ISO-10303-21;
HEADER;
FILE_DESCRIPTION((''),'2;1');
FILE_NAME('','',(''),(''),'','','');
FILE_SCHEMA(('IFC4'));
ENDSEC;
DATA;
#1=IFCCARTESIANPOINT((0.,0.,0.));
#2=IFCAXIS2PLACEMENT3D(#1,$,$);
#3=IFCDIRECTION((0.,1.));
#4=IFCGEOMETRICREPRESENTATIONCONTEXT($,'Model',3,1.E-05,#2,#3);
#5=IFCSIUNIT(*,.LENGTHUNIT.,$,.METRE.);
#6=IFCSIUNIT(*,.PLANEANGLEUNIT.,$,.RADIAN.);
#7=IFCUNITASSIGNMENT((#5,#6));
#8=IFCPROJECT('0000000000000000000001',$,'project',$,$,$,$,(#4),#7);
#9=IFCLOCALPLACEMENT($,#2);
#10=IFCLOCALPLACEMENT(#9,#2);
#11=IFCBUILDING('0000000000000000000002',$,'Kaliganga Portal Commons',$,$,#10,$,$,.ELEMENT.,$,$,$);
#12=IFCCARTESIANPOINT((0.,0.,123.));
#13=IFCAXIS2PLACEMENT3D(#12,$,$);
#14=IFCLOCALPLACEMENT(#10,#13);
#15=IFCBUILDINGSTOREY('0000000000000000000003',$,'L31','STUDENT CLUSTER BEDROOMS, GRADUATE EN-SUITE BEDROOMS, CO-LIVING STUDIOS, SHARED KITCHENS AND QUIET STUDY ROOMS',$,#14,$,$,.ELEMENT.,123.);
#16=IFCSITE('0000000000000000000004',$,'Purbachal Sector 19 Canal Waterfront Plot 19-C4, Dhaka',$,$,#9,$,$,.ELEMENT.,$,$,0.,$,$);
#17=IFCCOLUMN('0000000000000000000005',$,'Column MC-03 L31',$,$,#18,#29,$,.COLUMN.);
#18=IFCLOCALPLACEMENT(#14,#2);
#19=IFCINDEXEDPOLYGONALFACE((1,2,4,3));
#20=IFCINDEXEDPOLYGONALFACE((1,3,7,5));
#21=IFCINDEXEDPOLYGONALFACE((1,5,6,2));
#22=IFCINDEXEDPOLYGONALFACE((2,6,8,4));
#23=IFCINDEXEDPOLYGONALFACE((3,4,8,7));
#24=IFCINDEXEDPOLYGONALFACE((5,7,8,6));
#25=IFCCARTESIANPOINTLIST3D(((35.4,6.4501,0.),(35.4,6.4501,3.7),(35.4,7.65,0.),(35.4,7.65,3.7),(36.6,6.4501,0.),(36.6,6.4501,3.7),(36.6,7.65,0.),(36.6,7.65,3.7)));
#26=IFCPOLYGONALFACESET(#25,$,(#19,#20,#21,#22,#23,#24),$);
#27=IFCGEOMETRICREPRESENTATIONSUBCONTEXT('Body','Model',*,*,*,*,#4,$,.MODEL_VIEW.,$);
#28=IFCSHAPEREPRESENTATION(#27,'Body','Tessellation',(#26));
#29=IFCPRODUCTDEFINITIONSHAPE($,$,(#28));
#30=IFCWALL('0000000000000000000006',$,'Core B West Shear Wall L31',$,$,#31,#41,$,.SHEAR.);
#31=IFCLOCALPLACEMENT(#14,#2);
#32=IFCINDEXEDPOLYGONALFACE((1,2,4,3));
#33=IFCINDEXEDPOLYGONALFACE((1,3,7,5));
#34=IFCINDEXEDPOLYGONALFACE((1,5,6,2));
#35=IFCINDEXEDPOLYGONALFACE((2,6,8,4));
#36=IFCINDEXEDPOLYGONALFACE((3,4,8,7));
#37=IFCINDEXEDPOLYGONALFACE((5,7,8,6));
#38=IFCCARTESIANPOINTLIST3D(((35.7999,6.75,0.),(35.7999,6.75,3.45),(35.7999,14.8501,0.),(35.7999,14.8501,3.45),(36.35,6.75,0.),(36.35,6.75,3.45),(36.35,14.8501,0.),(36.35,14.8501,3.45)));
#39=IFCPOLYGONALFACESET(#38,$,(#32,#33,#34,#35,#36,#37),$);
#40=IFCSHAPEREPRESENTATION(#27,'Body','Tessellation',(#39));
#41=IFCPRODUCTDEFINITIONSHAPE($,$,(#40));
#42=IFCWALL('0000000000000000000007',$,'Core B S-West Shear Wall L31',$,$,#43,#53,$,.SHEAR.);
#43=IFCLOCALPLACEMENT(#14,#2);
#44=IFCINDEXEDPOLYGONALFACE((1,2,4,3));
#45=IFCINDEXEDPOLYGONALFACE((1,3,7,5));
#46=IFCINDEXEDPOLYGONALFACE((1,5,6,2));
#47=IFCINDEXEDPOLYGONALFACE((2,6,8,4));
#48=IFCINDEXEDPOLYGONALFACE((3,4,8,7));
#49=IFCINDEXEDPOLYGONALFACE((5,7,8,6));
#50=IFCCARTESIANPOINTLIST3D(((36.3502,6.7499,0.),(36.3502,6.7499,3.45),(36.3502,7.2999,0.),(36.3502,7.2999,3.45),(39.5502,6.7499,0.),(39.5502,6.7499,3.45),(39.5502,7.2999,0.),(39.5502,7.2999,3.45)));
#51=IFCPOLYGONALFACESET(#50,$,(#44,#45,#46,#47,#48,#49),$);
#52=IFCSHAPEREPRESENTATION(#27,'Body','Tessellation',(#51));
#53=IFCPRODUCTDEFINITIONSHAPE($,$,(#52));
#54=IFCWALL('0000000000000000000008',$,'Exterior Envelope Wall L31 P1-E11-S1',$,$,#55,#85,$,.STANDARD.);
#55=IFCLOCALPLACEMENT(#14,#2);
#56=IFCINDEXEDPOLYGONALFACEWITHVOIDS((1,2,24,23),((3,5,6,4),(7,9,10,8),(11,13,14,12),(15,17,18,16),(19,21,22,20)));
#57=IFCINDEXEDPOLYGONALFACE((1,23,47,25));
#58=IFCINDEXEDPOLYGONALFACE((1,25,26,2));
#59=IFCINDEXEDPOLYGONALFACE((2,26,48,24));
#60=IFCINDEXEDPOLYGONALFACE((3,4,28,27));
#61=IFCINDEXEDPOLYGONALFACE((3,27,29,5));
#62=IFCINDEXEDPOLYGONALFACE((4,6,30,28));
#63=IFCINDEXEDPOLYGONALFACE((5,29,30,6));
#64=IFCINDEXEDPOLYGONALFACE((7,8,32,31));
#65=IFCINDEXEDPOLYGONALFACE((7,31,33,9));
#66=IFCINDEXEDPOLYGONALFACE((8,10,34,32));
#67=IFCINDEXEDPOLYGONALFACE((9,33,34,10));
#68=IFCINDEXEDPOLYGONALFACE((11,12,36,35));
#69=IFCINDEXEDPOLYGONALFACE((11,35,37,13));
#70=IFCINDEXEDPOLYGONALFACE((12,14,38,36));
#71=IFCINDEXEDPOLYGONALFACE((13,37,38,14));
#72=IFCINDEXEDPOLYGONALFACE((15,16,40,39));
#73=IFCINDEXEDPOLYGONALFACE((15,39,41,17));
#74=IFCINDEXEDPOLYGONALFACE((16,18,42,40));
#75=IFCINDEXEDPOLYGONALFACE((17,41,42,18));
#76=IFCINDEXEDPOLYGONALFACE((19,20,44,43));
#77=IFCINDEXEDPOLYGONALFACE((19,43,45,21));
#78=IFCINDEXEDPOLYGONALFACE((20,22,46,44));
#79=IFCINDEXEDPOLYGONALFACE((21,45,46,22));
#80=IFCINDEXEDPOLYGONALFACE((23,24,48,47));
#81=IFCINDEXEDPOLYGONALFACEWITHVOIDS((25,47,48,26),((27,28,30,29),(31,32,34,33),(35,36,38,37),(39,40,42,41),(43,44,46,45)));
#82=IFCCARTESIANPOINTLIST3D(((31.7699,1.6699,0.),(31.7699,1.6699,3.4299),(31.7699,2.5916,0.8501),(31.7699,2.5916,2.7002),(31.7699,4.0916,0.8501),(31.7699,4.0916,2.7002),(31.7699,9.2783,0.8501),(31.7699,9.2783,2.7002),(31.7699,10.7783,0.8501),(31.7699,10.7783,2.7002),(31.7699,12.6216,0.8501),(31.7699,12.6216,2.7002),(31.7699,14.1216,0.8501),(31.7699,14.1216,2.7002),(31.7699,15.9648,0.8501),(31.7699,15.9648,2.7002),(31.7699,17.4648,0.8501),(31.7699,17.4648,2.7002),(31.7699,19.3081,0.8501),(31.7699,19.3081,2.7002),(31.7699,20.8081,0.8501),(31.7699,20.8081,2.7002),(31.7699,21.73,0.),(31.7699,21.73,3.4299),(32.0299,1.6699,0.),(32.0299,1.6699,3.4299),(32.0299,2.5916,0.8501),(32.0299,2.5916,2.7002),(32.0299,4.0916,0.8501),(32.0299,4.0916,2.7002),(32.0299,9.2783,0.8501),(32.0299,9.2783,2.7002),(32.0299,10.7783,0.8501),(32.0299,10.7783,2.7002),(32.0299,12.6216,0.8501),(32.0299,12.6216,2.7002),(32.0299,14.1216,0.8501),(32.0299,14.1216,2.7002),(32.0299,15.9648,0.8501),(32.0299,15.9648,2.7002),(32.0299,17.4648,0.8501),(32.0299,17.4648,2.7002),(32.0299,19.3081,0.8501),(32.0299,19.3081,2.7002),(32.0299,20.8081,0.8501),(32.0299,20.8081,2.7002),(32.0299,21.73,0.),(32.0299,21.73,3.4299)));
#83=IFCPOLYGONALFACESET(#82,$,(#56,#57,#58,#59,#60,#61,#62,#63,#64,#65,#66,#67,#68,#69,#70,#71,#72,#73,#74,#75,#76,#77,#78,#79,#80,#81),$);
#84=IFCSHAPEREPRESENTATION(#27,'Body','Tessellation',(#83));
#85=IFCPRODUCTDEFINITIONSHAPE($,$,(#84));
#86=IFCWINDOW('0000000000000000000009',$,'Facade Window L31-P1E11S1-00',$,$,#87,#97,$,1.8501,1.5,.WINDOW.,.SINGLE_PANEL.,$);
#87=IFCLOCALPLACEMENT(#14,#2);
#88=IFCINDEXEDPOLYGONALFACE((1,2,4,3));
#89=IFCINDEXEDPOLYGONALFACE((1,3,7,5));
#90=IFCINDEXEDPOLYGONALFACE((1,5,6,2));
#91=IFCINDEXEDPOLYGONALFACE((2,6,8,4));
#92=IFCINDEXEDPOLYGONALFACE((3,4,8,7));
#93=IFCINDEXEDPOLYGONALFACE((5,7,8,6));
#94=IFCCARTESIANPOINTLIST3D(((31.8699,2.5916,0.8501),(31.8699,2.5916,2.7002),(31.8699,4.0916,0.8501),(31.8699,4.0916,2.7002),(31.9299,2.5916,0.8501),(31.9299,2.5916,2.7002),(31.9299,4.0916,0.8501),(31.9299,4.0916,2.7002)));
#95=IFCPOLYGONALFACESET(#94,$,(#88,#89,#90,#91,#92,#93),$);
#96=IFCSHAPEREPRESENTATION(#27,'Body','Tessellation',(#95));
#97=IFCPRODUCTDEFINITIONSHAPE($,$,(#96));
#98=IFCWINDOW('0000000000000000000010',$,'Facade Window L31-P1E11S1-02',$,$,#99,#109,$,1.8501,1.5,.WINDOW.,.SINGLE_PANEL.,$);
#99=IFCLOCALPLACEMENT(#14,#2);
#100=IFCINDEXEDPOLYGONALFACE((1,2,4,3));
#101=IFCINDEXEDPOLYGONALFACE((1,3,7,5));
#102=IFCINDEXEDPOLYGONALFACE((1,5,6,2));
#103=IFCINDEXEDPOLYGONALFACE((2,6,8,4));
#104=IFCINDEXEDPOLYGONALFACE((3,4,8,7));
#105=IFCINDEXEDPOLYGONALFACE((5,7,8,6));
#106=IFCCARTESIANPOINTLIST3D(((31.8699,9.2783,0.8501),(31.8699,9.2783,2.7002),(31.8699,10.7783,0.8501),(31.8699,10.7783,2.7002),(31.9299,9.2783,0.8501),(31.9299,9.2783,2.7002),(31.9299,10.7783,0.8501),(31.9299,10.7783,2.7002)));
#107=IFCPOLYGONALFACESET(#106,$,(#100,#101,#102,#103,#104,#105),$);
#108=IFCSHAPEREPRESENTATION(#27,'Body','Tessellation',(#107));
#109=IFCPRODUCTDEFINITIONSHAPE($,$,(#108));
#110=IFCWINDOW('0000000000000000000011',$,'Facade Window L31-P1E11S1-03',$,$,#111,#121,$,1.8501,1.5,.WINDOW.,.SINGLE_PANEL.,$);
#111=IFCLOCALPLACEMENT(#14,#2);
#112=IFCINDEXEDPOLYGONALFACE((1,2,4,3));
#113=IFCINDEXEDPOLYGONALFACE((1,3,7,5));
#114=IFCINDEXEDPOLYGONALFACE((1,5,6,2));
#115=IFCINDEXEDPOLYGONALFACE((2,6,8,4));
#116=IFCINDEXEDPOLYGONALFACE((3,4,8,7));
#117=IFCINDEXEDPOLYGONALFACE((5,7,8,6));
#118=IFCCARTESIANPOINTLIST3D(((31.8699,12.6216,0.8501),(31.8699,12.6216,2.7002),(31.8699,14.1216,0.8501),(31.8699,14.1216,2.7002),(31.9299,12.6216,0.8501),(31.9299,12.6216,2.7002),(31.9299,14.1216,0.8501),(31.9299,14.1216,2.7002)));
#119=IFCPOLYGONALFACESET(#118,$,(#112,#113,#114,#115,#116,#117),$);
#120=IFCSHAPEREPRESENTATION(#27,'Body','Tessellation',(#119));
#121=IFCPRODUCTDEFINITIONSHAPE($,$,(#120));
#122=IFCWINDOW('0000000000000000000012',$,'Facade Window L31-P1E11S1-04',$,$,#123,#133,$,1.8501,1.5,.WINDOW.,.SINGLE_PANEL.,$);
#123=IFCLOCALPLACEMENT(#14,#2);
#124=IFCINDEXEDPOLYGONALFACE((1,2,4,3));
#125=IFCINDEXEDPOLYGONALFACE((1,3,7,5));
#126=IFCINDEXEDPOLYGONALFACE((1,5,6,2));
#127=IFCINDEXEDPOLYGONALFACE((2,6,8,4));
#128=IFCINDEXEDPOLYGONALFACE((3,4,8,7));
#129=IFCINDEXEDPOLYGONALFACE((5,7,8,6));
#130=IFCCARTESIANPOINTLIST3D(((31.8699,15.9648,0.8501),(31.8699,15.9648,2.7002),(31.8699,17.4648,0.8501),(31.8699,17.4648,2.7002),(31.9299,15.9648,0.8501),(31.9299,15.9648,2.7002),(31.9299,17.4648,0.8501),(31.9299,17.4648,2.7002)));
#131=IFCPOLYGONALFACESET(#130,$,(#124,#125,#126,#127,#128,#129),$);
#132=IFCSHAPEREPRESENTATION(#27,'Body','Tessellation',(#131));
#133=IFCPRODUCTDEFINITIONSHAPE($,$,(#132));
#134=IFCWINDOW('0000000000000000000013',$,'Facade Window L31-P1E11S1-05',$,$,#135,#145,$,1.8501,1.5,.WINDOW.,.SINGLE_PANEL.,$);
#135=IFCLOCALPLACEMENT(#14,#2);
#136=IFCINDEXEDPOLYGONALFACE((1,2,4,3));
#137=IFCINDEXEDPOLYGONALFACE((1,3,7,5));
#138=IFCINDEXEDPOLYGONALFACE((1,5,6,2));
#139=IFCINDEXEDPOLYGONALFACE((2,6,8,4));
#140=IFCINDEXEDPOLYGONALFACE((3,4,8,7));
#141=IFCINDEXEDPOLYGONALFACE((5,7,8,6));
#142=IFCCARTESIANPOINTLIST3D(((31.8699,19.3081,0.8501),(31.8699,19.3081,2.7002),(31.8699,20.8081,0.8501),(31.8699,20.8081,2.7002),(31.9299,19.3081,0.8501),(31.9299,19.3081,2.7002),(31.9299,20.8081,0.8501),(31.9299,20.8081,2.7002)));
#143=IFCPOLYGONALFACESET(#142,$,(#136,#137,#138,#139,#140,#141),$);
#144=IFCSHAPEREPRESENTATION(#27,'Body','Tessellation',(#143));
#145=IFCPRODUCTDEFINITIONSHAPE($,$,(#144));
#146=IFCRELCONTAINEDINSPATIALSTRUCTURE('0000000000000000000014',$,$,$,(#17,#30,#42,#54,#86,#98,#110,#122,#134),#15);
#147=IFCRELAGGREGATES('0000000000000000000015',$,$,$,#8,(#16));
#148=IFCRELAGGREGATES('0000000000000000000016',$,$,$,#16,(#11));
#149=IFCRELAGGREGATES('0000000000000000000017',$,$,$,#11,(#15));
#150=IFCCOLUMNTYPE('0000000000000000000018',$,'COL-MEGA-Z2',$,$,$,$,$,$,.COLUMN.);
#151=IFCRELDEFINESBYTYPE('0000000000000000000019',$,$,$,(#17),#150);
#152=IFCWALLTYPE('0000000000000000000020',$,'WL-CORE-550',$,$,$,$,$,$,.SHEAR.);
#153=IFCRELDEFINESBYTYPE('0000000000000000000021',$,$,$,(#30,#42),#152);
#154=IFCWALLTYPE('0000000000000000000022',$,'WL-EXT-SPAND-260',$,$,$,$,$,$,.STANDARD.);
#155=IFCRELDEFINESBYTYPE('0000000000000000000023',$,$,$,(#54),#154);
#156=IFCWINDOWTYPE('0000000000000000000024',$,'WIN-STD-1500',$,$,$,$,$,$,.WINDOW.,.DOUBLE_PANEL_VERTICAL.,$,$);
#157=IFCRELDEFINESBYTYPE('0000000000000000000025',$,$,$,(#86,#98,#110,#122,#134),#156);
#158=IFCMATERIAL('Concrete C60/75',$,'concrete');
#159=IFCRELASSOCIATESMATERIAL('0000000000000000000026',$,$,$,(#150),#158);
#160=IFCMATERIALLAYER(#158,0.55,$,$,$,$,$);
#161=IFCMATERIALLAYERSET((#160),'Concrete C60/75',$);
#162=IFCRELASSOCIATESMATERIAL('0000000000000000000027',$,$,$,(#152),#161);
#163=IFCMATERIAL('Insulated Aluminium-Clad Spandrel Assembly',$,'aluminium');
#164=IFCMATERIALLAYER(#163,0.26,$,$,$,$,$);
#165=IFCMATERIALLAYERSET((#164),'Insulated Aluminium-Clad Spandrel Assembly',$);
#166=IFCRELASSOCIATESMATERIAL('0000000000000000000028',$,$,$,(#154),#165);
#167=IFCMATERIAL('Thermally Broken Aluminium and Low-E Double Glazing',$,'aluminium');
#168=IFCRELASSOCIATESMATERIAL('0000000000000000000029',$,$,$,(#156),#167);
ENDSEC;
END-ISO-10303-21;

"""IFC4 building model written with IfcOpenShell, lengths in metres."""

from ifc_helpers import new_model, si_unit, direction, frame, frame_2d, origin, origin_2d, place, context, subcontext, project, spatial, rectangle, extrude, source, transform, mapped, material, layer, layer_set, material_profile, profile_set, type_object, element, fill, save


model = new_model("IFC4")

# Units and contexts
model_context = context("Model", 3, precision=1e-05, world=origin(), true_north=direction((0.0, 1.0)))
body_context = subcontext(model_context, "Body", "Model", "MODEL_VIEW")
ifc_project = project(units=[si_unit("LENGTHUNIT", "METRE"), si_unit("PLANEANGLEUNIT", "RADIAN")], contexts=[model_context])

# Site, building, storey
site_placement = place(None, origin())
site = spatial("IfcSite", under=ifc_project, at=site_placement, Name="Purbachal Sector 19 Canal Waterfront Plot 19-C4, Dhaka", CompositionType="ELEMENT", RefElevation=0.0)
building_placement = place(site_placement, origin())
building = spatial("IfcBuilding", under=site, at=building_placement, Name="Kaliganga Portal Commons", CompositionType="ELEMENT")
storey_placement = place(building_placement, frame((0.0, 0.0, 123.0)))
storey = spatial("IfcBuildingStorey", under=building, at=storey_placement, Name="L31", Description="STUDENT CLUSTER BEDROOMS, GRADUATE EN-SUITE BEDROOMS, CO-LIVING STUDIOS, SHARED KITCHENS AND QUIET STUDY ROOMS", CompositionType="ELEMENT", Elevation=123.0)

# Column
ifc_material_1 = material(Name="Concrete C60/75", Category="concrete")
ifc_material_profile = material_profile(ifc_material_1, rectangle(XDim=1.2, YDim=1.2, at=origin_2d()), Name="RC 1200x1200")
ifc_profile_set = profile_set([ifc_material_profile], Name="Concrete C60/75")
column_type = type_object("IfcColumnType", Name="COL-MEGA-Z2", PredefinedType="COLUMN", material=ifc_profile_set)
shared_shape = source(origin(), body_context, "Body", "SweptSolid", [
    extrude(rectangle(XDim=1.2, YDim=1.2, at=origin_2d()), origin(), (0.0, 0.0, 1.0), 3.7),
])
column_placement = place(storey_placement, frame((36.0, 7.05, 0.0), z_axis=(0.0, 0.0, 1.0), x_axis=(1.0, 0.0, 0.0)))
element("IfcColumn", 1, at=column_placement, inside=storey, type_object=column_type, Name="Column MC-03 L31", PredefinedType="COLUMN", context=body_context, shape_type="MappedRepresentation", body=[
    mapped(shared_shape, transform((0.0, 0.0, 0.0), x_axis=(1.0, 0.0, 0.0), y_axis=(0.0, 1.0, 0.0), z_axis=(0.0, 0.0, 1.0), scale=1.0)),
])

# Walls
ifc_layer_1 = layer(ifc_material_1, 0.55)
ifc_layer_set_1 = layer_set([ifc_layer_1], Name="Concrete C60/75")
wall_type_1 = type_object("IfcWallType", Name="WL-CORE-550", PredefinedType="SHEAR", material=ifc_layer_set_1)
wall_1_placement = place(storey_placement, frame((36.075, 6.75, 0.0), z_axis=(0.0, 0.0, 1.0), x_axis=(0.0, 1.0, 0.0)))
element("IfcWall", 2, at=wall_1_placement, inside=storey, type_object=wall_type_1, Name="Core B West Shear Wall L31", PredefinedType="SHEAR", context=body_context, shape_type="SweptSolid", body=[
    extrude(rectangle(XDim=8.1001, YDim=0.55, at=frame_2d((4.05, 0.0))), origin(), (0.0, 0.0, 1.0), 3.45),
])
wall_2_placement = place(storey_placement, frame((36.3501, 7.0249, 0.0), z_axis=(0.0, 0.0, 1.0), x_axis=(1.0, 0.0, 0.0)))
element("IfcWall", 3, at=wall_2_placement, inside=storey, type_object=wall_type_1, Name="Core B S-West Shear Wall L31", PredefinedType="SHEAR", context=body_context, shape_type="SweptSolid", body=[
    extrude(rectangle(XDim=3.2, YDim=0.55, at=frame_2d((1.6001, 0.0))), origin(), (0.0, 0.0, 1.0), 3.45),
])

# Wall, openings, windows
ifc_material_2 = material(Name="Insulated Aluminium-Clad Spandrel Assembly", Category="aluminium")
ifc_layer_2 = layer(ifc_material_2, 0.26)
ifc_layer_set_2 = layer_set([ifc_layer_2], Name="Insulated Aluminium-Clad Spandrel Assembly")
wall_type_2 = type_object("IfcWallType", Name="WL-EXT-SPAND-260", PredefinedType="STANDARD", material=ifc_layer_set_2)
wall_3_placement = place(storey_placement, frame((31.8999, 1.6699, 0.0), z_axis=(0.0, 0.0, 1.0), x_axis=(0.0, 1.0, 0.0)))
wall_3 = element("IfcWall", 4, at=wall_3_placement, inside=storey, type_object=wall_type_2, Name="Exterior Envelope Wall L31 P1-E11-S1", PredefinedType="STANDARD", context=body_context, shape_type="SweptSolid", body=[
    extrude(rectangle(XDim=20.0601, YDim=0.26, at=frame_2d((10.03, 0.0))), origin(), (0.0, 0.0, 1.0), 3.4299),
])
opening_1_placement = place(wall_3_placement, frame((0.9216, 0.0, 0.8501)))
opening_1 = element("IfcOpeningElement", 5, at=opening_1_placement, cuts=wall_3, PredefinedType="OPENING", context=body_context, shape_type="SweptSolid", body=[
    extrude(rectangle(XDim=1.5, YDim=1.8501, at=frame_2d((0.75, 0.925))), frame((0.0, 0.1401, 0.0), z_axis=(0.0, -1.0, 0.0), x_axis=(1.0, 0.0, 0.0)), (0.0, 0.0, 1.0), 0.28),
])
opening_2_placement = place(wall_3_placement, frame((7.6084, 0.0, 0.8501)))
opening_2 = element("IfcOpeningElement", 6, at=opening_2_placement, cuts=wall_3, PredefinedType="OPENING", context=body_context, shape_type="SweptSolid", body=[
    extrude(rectangle(XDim=1.5, YDim=1.8501, at=frame_2d((0.75, 0.925))), frame((0.0, 0.1401, 0.0), z_axis=(0.0, -1.0, 0.0), x_axis=(1.0, 0.0, 0.0)), (0.0, 0.0, 1.0), 0.28),
])
opening_3_placement = place(wall_3_placement, frame((10.9517, 0.0, 0.8501)))
opening_3 = element("IfcOpeningElement", 7, at=opening_3_placement, cuts=wall_3, PredefinedType="OPENING", context=body_context, shape_type="SweptSolid", body=[
    extrude(rectangle(XDim=1.5, YDim=1.8501, at=frame_2d((0.75, 0.925))), frame((0.0, 0.1401, 0.0), z_axis=(0.0, -1.0, 0.0), x_axis=(1.0, 0.0, 0.0)), (0.0, 0.0, 1.0), 0.28),
])
opening_4_placement = place(wall_3_placement, frame((14.2949, 0.0, 0.8501)))
opening_4 = element("IfcOpeningElement", 8, at=opening_4_placement, cuts=wall_3, PredefinedType="OPENING", context=body_context, shape_type="SweptSolid", body=[
    extrude(rectangle(XDim=1.5, YDim=1.8501, at=frame_2d((0.75, 0.925))), frame((0.0, 0.1401, 0.0), z_axis=(0.0, -1.0, 0.0), x_axis=(1.0, 0.0, 0.0)), (0.0, 0.0, 1.0), 0.28),
])
opening_5_placement = place(wall_3_placement, frame((17.6382, 0.0, 0.8501)))
opening_5 = element("IfcOpeningElement", 9, at=opening_5_placement, cuts=wall_3, PredefinedType="OPENING", context=body_context, shape_type="SweptSolid", body=[
    extrude(rectangle(XDim=1.5, YDim=1.8501, at=frame_2d((0.75, 0.925))), frame((0.0, 0.1401, 0.0), z_axis=(0.0, -1.0, 0.0), x_axis=(1.0, 0.0, 0.0)), (0.0, 0.0, 1.0), 0.28),
])
ifc_material_3 = material(Name="Thermally Broken Aluminium and Low-E Double Glazing", Category="aluminium")
window_type = type_object("IfcWindowType", Name="WIN-STD-1500", PartitioningType="DOUBLE_PANEL_VERTICAL", PredefinedType="WINDOW", material=ifc_material_3)
window_1_placement = place(opening_1_placement, origin())
window_1 = element("IfcWindow", 10, at=window_1_placement, inside=storey, type_object=window_type, Name="Facade Window L31-P1E11S1-00", OverallHeight=1.8501, OverallWidth=1.5, PartitioningType="SINGLE_PANEL", PredefinedType="WINDOW", context=body_context, shape_type="SweptSolid", body=[
    extrude(rectangle(XDim=1.5, YDim=1.8501, at=frame_2d((0.75, 0.925))), frame((0.0, 0.03, 0.0), z_axis=(0.0, -1.0, 0.0), x_axis=(1.0, 0.0, 0.0)), (0.0, 0.0, 1.0), 0.0601),
])
fill(opening_1, window_1)
window_2_placement = place(opening_2_placement, origin())
window_2 = element("IfcWindow", 11, at=window_2_placement, inside=storey, type_object=window_type, Name="Facade Window L31-P1E11S1-02", OverallHeight=1.8501, OverallWidth=1.5, PartitioningType="SINGLE_PANEL", PredefinedType="WINDOW", context=body_context, shape_type="SweptSolid", body=[
    extrude(rectangle(XDim=1.5, YDim=1.8501, at=frame_2d((0.75, 0.925))), frame((0.0, 0.03, 0.0), z_axis=(0.0, -1.0, 0.0), x_axis=(1.0, 0.0, 0.0)), (0.0, 0.0, 1.0), 0.0601),
])
fill(opening_2, window_2)
window_3_placement = place(opening_3_placement, origin())
window_3 = element("IfcWindow", 12, at=window_3_placement, inside=storey, type_object=window_type, Name="Facade Window L31-P1E11S1-03", OverallHeight=1.8501, OverallWidth=1.5, PartitioningType="SINGLE_PANEL", PredefinedType="WINDOW", context=body_context, shape_type="SweptSolid", body=[
    extrude(rectangle(XDim=1.5, YDim=1.8501, at=frame_2d((0.75, 0.925))), frame((0.0, 0.03, 0.0), z_axis=(0.0, -1.0, 0.0), x_axis=(1.0, 0.0, 0.0)), (0.0, 0.0, 1.0), 0.0601),
])
fill(opening_3, window_3)
window_4_placement = place(opening_4_placement, origin())
window_4 = element("IfcWindow", 13, at=window_4_placement, inside=storey, type_object=window_type, Name="Facade Window L31-P1E11S1-04", OverallHeight=1.8501, OverallWidth=1.5, PartitioningType="SINGLE_PANEL", PredefinedType="WINDOW", context=body_context, shape_type="SweptSolid", body=[
    extrude(rectangle(XDim=1.5, YDim=1.8501, at=frame_2d((0.75, 0.925))), frame((0.0, 0.03, 0.0), z_axis=(0.0, -1.0, 0.0), x_axis=(1.0, 0.0, 0.0)), (0.0, 0.0, 1.0), 0.0601),
])
fill(opening_4, window_4)
window_5_placement = place(opening_5_placement, origin())
window_5 = element("IfcWindow", 14, at=window_5_placement, inside=storey, type_object=window_type, Name="Facade Window L31-P1E11S1-05", OverallHeight=1.8501, OverallWidth=1.5, PartitioningType="SINGLE_PANEL", PredefinedType="WINDOW", context=body_context, shape_type="SweptSolid", body=[
    extrude(rectangle(XDim=1.5, YDim=1.8501, at=frame_2d((0.75, 0.925))), frame((0.0, 0.03, 0.0), z_axis=(0.0, -1.0, 0.0), x_axis=(1.0, 0.0, 0.0)), (0.0, 0.0, 1.0), 0.0601),
])
fill(opening_5, window_5)

save(model, "model.ifc")
